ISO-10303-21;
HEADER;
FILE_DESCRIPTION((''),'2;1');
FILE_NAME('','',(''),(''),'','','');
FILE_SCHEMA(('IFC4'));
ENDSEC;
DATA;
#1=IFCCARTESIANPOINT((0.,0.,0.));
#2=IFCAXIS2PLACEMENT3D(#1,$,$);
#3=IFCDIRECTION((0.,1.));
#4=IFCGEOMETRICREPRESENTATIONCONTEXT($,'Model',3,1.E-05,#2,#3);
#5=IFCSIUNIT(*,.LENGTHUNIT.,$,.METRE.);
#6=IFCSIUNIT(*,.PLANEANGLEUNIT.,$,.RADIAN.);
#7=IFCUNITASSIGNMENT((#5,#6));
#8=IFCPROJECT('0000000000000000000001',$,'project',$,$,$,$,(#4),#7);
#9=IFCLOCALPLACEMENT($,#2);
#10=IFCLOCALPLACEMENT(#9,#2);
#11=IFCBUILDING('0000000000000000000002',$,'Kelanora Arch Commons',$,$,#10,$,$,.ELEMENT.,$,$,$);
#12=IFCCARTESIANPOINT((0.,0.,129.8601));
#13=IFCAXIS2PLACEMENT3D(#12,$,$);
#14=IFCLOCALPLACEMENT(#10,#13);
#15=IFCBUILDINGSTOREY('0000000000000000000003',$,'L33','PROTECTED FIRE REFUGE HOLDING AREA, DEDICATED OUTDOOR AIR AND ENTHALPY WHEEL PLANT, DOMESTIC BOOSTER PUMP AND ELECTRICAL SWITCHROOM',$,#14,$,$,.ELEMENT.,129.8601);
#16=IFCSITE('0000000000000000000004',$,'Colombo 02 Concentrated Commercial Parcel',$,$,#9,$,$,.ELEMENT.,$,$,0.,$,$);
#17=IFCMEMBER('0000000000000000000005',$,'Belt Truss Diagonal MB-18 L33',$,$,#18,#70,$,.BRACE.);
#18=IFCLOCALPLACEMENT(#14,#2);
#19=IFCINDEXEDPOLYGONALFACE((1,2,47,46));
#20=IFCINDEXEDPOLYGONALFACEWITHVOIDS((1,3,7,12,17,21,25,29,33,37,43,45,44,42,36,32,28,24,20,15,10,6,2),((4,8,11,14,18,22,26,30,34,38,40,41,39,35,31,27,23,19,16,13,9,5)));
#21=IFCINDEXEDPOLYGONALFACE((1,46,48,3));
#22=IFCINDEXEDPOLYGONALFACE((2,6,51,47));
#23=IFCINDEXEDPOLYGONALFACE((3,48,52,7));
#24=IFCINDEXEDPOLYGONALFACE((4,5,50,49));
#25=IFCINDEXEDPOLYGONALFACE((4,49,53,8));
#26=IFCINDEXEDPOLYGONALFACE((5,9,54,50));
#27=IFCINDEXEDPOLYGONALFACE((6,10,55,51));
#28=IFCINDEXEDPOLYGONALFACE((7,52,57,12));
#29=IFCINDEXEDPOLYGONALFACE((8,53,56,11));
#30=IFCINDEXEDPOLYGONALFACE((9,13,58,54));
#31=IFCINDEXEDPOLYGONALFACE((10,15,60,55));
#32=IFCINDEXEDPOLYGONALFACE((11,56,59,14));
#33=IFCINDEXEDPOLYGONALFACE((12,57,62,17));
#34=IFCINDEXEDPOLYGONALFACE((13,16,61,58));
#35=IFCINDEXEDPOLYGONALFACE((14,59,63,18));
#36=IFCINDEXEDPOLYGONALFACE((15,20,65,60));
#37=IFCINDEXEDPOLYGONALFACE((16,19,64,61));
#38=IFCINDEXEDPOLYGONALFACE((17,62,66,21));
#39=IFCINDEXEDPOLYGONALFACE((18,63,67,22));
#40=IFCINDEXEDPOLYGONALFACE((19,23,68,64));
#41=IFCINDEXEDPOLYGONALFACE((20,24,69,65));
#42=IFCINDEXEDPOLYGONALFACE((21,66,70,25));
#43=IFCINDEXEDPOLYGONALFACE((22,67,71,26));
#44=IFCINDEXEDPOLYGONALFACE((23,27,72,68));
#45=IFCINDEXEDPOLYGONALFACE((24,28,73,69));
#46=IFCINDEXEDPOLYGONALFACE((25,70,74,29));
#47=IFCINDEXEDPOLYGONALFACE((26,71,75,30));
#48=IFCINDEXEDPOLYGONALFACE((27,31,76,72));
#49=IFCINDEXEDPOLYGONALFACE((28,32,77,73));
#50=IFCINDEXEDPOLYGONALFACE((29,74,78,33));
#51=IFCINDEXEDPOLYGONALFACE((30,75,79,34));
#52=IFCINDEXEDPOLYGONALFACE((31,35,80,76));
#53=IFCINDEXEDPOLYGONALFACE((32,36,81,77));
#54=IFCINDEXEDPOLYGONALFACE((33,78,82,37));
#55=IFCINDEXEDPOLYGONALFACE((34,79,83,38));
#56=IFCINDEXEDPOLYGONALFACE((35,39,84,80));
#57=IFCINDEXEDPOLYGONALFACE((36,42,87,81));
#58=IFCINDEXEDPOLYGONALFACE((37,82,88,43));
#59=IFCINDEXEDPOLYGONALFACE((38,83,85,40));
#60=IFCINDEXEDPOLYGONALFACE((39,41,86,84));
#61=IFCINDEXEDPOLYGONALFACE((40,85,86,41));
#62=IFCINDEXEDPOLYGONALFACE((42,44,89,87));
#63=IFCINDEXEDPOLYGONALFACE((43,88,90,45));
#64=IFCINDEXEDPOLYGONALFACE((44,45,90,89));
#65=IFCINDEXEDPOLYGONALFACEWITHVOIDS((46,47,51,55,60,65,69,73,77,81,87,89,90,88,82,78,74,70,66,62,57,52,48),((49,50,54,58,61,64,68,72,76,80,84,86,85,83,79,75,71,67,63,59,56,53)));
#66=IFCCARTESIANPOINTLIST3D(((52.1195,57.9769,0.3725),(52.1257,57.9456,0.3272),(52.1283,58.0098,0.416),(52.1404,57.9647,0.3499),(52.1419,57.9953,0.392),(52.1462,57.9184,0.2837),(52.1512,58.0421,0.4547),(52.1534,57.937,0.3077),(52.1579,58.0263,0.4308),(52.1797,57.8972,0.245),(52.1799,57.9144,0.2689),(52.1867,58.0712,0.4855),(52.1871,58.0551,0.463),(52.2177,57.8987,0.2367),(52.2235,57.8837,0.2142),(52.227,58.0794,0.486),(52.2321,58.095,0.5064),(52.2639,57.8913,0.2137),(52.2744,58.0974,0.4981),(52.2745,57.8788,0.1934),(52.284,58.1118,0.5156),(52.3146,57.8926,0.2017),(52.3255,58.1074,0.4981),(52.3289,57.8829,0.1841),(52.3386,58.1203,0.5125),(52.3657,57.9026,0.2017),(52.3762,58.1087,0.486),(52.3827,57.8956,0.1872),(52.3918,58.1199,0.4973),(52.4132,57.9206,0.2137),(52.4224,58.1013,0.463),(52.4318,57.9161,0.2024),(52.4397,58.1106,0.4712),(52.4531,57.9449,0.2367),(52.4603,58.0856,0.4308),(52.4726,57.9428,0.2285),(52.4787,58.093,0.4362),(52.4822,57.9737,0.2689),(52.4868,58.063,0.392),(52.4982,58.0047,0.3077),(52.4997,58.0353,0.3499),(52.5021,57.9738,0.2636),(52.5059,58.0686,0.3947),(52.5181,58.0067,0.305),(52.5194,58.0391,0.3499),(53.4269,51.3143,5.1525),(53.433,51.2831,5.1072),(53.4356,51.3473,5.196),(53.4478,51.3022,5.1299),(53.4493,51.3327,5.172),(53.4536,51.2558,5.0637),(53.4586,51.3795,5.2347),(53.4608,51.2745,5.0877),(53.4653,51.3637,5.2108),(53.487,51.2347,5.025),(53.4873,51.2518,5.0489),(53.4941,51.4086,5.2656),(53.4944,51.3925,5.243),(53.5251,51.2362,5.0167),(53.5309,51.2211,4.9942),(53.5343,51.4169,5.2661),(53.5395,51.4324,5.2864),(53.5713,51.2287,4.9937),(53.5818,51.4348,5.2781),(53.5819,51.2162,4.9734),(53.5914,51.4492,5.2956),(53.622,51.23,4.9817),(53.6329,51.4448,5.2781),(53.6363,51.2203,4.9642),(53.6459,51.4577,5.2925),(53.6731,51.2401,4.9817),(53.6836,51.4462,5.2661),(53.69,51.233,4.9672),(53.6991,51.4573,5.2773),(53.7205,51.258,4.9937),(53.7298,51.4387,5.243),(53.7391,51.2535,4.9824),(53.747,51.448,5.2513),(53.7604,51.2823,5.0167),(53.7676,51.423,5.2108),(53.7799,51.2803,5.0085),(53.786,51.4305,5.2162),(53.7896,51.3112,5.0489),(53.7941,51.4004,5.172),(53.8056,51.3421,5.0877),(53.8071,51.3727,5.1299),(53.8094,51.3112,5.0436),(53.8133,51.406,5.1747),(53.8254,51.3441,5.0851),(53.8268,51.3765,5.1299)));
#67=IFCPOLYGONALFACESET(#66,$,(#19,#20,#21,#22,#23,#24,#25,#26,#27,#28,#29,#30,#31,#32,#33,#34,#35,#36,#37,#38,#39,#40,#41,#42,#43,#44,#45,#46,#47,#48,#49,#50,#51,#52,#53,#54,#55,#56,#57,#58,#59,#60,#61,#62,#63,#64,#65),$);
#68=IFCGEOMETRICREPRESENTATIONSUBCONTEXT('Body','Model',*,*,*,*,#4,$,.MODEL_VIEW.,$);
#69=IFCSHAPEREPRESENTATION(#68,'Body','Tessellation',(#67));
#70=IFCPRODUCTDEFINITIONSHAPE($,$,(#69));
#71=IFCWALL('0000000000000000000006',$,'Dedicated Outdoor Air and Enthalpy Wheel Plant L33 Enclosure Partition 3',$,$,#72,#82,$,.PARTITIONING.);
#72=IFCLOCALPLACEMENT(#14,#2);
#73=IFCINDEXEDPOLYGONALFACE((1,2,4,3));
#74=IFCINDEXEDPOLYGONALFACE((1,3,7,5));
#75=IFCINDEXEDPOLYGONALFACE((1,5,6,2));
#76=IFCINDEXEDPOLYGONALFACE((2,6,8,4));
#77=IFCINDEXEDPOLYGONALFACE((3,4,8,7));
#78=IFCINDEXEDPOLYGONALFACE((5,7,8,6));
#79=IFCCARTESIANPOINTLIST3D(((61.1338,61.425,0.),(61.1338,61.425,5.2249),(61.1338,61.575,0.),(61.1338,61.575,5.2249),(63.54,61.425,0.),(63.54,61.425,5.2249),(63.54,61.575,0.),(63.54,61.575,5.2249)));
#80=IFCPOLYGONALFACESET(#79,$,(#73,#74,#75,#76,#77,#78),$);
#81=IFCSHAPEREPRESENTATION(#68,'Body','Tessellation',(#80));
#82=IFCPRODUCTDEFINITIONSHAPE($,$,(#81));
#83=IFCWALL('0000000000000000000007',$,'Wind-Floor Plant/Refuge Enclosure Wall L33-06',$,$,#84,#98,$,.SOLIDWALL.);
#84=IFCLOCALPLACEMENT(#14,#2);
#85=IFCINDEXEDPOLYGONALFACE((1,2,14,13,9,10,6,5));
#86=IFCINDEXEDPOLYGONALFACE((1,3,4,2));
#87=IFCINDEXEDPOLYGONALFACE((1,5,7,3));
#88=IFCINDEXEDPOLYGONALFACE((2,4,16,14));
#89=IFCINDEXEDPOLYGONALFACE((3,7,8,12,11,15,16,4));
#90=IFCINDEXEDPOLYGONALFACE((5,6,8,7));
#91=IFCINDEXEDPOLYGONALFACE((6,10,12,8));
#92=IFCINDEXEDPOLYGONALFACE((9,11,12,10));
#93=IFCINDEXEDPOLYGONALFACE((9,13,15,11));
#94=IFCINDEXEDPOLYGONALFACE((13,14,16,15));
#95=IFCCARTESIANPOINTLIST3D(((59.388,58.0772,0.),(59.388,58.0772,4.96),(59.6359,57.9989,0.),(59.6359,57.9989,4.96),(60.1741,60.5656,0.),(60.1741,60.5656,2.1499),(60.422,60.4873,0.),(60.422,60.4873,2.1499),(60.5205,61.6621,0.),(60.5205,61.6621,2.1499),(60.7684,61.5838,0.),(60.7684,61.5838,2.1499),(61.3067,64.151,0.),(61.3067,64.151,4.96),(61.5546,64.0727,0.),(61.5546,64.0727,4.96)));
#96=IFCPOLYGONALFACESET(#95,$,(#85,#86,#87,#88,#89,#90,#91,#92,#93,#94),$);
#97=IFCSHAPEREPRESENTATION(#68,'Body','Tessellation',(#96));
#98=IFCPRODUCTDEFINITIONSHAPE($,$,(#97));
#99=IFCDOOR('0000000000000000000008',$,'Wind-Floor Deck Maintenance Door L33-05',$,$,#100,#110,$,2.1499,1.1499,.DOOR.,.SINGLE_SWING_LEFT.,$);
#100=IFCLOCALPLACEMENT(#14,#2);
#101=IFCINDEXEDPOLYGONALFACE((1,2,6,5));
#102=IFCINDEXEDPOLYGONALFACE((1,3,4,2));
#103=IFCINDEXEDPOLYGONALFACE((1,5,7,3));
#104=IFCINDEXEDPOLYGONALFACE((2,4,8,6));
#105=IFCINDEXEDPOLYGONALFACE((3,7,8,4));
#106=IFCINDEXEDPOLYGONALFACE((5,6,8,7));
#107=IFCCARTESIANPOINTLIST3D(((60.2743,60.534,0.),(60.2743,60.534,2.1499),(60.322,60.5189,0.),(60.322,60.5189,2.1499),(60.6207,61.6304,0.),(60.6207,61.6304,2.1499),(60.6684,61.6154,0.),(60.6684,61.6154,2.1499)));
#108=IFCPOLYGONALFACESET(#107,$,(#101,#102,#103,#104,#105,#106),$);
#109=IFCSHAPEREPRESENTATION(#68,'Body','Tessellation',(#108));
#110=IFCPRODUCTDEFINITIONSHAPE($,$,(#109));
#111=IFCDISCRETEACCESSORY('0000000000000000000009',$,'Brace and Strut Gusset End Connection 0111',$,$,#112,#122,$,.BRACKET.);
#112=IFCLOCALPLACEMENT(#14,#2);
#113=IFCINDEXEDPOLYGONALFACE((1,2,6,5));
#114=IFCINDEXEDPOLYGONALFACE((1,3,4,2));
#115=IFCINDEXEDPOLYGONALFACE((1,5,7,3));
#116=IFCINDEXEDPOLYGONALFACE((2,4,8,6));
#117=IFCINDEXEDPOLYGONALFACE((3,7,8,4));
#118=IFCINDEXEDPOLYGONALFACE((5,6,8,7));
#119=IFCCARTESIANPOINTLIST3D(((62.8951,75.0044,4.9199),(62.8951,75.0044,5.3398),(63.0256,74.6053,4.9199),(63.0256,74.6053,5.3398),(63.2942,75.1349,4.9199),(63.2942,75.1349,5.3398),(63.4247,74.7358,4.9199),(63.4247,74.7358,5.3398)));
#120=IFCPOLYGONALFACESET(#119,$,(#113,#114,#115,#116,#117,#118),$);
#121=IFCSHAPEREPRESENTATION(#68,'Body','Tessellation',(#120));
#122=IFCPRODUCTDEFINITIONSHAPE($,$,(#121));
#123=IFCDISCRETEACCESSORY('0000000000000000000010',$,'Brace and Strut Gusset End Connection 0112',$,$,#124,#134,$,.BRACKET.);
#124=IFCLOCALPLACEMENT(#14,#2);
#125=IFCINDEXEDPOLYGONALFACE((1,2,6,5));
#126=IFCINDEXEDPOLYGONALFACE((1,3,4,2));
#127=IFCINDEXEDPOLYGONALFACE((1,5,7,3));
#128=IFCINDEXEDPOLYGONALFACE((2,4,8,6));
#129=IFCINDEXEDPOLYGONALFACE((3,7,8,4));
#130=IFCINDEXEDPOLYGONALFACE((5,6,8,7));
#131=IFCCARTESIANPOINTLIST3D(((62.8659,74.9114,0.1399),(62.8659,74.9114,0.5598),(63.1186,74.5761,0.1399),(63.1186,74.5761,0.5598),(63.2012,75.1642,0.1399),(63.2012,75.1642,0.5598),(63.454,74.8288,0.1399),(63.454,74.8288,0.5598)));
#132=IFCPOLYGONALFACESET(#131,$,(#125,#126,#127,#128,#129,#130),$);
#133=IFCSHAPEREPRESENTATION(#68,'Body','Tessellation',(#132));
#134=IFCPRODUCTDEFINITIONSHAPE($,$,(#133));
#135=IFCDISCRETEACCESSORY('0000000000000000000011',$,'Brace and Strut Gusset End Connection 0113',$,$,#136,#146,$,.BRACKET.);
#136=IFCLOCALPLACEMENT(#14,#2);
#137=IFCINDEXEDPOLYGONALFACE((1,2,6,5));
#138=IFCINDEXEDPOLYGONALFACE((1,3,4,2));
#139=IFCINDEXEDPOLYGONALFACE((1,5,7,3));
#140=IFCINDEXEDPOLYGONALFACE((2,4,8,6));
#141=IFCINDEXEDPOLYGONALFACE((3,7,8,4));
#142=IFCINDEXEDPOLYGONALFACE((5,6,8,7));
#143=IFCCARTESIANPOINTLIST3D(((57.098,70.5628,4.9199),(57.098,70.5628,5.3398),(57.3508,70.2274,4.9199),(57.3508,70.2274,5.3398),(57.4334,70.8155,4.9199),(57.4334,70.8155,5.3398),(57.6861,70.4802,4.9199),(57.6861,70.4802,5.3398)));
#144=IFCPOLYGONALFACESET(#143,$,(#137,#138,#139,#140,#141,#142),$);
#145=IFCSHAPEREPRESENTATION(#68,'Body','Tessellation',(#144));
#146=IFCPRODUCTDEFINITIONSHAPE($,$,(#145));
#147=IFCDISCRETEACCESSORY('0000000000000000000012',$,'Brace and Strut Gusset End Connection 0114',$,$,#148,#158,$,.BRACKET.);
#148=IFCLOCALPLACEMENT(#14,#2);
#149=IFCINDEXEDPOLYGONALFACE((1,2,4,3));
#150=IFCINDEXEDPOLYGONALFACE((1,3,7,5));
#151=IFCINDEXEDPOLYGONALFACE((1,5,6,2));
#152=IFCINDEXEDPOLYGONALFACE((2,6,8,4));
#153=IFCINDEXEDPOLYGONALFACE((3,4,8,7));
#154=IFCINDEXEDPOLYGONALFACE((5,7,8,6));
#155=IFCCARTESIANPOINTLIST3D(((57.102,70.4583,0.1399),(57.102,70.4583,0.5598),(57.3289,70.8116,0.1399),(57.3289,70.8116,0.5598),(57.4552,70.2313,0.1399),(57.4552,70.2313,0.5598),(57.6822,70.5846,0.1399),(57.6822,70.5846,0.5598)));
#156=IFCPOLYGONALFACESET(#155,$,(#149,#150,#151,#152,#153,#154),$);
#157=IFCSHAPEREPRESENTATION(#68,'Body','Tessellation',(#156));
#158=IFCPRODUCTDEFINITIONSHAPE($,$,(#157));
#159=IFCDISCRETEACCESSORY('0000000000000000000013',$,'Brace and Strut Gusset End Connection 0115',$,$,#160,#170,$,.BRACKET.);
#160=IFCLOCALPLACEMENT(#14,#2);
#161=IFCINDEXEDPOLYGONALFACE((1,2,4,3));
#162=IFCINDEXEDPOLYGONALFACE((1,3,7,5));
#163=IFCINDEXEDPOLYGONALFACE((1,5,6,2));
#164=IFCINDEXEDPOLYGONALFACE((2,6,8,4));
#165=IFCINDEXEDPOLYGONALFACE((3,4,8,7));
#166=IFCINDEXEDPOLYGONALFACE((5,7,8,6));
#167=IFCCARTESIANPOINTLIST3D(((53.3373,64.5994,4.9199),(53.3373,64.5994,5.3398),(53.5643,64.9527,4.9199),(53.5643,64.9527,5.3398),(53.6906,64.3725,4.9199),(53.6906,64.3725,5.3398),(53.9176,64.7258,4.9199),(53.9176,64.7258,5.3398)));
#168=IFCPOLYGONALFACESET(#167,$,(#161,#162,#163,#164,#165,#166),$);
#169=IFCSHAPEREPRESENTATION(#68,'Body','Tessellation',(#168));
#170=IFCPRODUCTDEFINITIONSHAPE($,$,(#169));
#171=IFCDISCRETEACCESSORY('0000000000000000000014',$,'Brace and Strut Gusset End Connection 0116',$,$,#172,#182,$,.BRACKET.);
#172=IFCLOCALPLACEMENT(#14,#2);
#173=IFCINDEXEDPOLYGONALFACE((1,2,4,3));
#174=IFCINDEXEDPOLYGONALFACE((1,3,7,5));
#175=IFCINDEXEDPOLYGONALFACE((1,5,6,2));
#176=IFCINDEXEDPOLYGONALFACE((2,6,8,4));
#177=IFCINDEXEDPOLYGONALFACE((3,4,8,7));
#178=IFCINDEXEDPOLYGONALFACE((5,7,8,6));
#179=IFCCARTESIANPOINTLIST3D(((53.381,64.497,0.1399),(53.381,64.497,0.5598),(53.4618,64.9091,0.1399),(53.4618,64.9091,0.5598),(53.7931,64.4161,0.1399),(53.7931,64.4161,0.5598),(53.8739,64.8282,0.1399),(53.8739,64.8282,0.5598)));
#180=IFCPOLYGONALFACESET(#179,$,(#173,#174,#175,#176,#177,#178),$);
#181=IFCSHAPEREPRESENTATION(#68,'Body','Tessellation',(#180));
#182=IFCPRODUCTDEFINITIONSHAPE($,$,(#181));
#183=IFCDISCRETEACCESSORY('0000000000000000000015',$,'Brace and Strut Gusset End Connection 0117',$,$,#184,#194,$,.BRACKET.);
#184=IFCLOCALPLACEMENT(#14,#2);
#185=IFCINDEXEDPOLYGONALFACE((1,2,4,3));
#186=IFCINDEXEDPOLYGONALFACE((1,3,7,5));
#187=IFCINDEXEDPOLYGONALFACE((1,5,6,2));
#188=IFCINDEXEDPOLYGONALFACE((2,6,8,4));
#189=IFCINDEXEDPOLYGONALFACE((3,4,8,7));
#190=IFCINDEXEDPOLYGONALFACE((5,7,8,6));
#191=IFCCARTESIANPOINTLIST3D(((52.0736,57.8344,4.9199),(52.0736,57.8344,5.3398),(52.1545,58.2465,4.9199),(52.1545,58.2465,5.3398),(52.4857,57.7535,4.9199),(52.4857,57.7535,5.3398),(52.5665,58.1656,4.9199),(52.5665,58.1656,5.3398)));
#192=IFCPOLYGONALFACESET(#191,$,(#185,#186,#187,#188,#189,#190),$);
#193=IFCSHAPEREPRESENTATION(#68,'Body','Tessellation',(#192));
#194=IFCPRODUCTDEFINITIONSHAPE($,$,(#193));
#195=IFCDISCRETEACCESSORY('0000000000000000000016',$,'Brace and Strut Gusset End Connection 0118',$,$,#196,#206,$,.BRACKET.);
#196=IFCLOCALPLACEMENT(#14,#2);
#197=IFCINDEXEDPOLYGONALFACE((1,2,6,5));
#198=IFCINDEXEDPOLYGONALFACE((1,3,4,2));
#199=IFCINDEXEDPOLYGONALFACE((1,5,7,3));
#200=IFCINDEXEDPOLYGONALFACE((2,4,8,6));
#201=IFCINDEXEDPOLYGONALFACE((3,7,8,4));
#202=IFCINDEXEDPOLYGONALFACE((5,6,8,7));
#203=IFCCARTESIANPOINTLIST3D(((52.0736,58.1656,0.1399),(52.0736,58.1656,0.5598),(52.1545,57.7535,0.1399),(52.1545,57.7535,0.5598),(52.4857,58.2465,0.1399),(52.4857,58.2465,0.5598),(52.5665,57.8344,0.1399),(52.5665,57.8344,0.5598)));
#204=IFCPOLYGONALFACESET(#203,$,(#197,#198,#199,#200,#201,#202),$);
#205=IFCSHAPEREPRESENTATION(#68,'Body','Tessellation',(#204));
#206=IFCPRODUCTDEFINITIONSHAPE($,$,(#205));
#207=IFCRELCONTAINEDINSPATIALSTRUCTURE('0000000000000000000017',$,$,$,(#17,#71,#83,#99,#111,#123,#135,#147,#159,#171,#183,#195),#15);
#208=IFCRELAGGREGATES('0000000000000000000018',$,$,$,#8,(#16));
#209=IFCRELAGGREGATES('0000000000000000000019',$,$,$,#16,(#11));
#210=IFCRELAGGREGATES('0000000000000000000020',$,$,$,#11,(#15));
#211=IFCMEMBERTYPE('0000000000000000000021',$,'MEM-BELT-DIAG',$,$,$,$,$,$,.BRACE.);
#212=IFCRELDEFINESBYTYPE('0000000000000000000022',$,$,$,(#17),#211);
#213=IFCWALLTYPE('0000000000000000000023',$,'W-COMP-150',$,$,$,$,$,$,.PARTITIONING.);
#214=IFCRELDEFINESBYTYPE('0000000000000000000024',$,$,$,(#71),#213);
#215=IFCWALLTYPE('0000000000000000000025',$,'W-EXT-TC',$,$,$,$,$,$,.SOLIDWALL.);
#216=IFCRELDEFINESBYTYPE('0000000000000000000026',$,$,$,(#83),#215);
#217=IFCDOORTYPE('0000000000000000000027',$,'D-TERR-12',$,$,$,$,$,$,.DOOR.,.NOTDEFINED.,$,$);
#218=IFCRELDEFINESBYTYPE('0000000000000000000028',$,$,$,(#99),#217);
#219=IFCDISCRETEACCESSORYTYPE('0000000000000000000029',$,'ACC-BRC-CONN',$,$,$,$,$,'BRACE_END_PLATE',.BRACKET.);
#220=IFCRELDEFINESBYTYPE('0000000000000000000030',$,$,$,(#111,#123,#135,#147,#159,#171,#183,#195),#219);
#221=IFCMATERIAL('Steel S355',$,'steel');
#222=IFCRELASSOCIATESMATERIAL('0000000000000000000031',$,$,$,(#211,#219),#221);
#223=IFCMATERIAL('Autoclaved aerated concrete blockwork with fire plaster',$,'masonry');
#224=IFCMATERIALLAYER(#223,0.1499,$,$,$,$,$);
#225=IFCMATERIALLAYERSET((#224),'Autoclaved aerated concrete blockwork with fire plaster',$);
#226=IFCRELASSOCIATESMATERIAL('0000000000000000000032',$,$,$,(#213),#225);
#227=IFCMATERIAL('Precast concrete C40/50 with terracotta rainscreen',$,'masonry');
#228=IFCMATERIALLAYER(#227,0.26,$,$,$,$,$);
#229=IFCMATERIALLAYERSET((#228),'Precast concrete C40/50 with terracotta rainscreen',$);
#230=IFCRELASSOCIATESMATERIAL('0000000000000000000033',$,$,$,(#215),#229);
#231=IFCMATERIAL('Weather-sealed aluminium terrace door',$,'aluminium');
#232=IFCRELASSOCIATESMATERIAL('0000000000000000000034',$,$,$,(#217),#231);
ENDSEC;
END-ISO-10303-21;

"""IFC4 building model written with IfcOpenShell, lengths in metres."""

from ifc_helpers import new_model, si_unit, direction, frame, frame_2d, origin, origin_2d, place, context, subcontext, project, spatial, rectangle, hollow_circle, extrude, source, transform, mapped, material, layer, layer_set, material_profile, profile_set, type_object, element, fill, save


model = new_model("IFC4")

# Units and contexts
model_context = context("Model", 3, precision=1e-05, world=origin(), true_north=direction((0.0, 1.0)))
body_context = subcontext(model_context, "Body", "Model", "MODEL_VIEW")
ifc_project = project(units=[si_unit("LENGTHUNIT", "METRE"), si_unit("PLANEANGLEUNIT", "RADIAN")], contexts=[model_context])

# Site, building, storey
site_placement = place(None, origin())
site = spatial("IfcSite", under=ifc_project, at=site_placement, Name="Colombo 02 Concentrated Commercial Parcel", CompositionType="ELEMENT", RefElevation=0.0)
building_placement = place(site_placement, origin())
building = spatial("IfcBuilding", under=site, at=building_placement, Name="Kelanora Arch Commons", CompositionType="ELEMENT")
storey_placement = place(building_placement, frame((0.0, 0.0, 129.8601)))
storey = spatial("IfcBuildingStorey", under=building, at=storey_placement, Name="L33", Description="PROTECTED FIRE REFUGE HOLDING AREA, DEDICATED OUTDOOR AIR AND ENTHALPY WHEEL PLANT, DOMESTIC BOOSTER PUMP AND ELECTRICAL SWITCHROOM", CompositionType="ELEMENT", Elevation=129.8601)

# Shared definitions
ifc_material_1 = material(Name="Steel S355", Category="steel")

# Member
ifc_material_profile_1 = material_profile(ifc_material_1, hollow_circle(Radius=0.2031, WallThickness=0.02, at=origin_2d()), Name="CHS406.4x20")
ifc_profile_set_1 = profile_set([ifc_material_profile_1], Name="Steel S355")
member_type = type_object("IfcMemberType", Name="MEM-BELT-DIAG", PredefinedType="BRACE", material=ifc_profile_set_1)
for number, where, z_axis, x_axis, name in (
    (1, (52.3201, 58.0, 0.3499), (0.157448, -0.802384, 0.575664), (0.981286, 0.192554, 0.0), "Belt Truss Diagonal MB-18 L33"),
):
    element("IfcMember", number, at=place(storey_placement, frame(where, z_axis=z_axis, x_axis=x_axis)), inside=storey, type_object=member_type, Name=name, PredefinedType="BRACE", context=body_context, shape_type="SweptSolid", body=[
        extrude(hollow_circle(Radius=0.2031, WallThickness=0.02, at=origin_2d()), origin(), (0.0, 0.0, 1.0), 8.3035),
    ])

# Wall
ifc_material_2 = material(Name="Autoclaved aerated concrete blockwork with fire plaster", Category="masonry")
ifc_layer_1 = layer(ifc_material_2, 0.1499)
ifc_layer_set_1 = layer_set([ifc_layer_1], Name="Autoclaved aerated concrete blockwork with fire plaster")
wall_type_1 = type_object("IfcWallType", Name="W-COMP-150", PredefinedType="PARTITIONING", material=ifc_layer_set_1)
wall_1_placement = place(storey_placement, frame((63.54, 61.5, 0.0), z_axis=(0.0, 0.0, 1.0), x_axis=(-1.0, 0.0, 0.0)))
element("IfcWall", 2, at=wall_1_placement, inside=storey, type_object=wall_type_1, Name="Dedicated Outdoor Air and Enthalpy Wheel Plant L33 Enclosure Partition 3", PredefinedType="PARTITIONING", context=body_context, shape_type="SweptSolid", body=[
    extrude(rectangle(XDim=2.4062, YDim=0.1499, at=frame_2d((1.2031, 0.0))), origin(), (0.0, 0.0, 1.0), 5.2249),
])

# Wall, opening, door
ifc_material_3 = material(Name="Precast concrete C40/50 with terracotta rainscreen", Category="masonry")
ifc_layer_2 = layer(ifc_material_3, 0.26)
ifc_layer_set_2 = layer_set([ifc_layer_2], Name="Precast concrete C40/50 with terracotta rainscreen")
wall_type_2 = type_object("IfcWallType", Name="W-EXT-TC", PredefinedType="SOLIDWALL", material=ifc_layer_set_2)
wall_2_placement = place(storey_placement, frame((61.4307, 64.1118, 0.0), z_axis=(0.0, 0.0, 1.0), x_axis=(-0.301229, -0.953552, 0.0)))
wall_2 = element("IfcWall", 3, at=wall_2_placement, inside=storey, type_object=wall_type_2, Name="Wind-Floor Plant/Refuge Enclosure Wall L33-06", PredefinedType="SOLIDWALL", context=body_context, shape_type="SweptSolid", body=[
    extrude(rectangle(XDim=6.3696, YDim=0.26, at=frame_2d((3.1848, 0.0))), origin(), (0.0, 0.0, 1.0), 4.96),
])
opening_placement = place(wall_2_placement, frame((2.6101, 0.0, 0.0)))
opening = element("IfcOpeningElement", 4, at=opening_placement, cuts=wall_2, PredefinedType="OPENING", context=body_context, shape_type="SweptSolid", body=[
    extrude(rectangle(XDim=1.1499, YDim=2.1499, at=frame_2d((0.575, 1.075))), frame((0.0, 0.1401, 0.0), z_axis=(0.0, -1.0, 0.0), x_axis=(1.0, 0.0, 0.0)), (0.0, 0.0, 1.0), 0.28),
])
ifc_material_4 = material(Name="Weather-sealed aluminium terrace door", Category="aluminium")
door_type = type_object("IfcDoorType", Name="D-TERR-12", OperationType="NOTDEFINED", PredefinedType="DOOR", material=ifc_material_4)
door_placement = place(opening_placement, frame((1.1499, 0.0, 0.0), z_axis=(0.0, 0.0, 1.0), x_axis=(-1.0, 0.0, 0.0)))
door = element("IfcDoor", 5, at=door_placement, inside=storey, type_object=door_type, Name="Wind-Floor Deck Maintenance Door L33-05", OperationType="SINGLE_SWING_LEFT", OverallHeight=2.1499, OverallWidth=1.1499, PredefinedType="DOOR", context=body_context, shape_type="SweptSolid", body=[
    extrude(rectangle(XDim=1.1499, YDim=2.1499, at=frame_2d((0.575, 1.075))), frame((0.0, 0.0249, 0.0), z_axis=(0.0, -1.0, 0.0), x_axis=(1.0, 0.0, 0.0)), (0.0, 0.0, 1.0), 0.05),
])
fill(opening, door)

# Discrete accessories
discrete_accessory_type = type_object("IfcDiscreteAccessoryType", Name="ACC-BRC-CONN", ElementType="BRACE_END_PLATE", PredefinedType="BRACKET", material=ifc_material_1)
shared_shape = source(origin(), body_context, "Body", "SweptSolid", [
    extrude(rectangle(XDim=0.4199, YDim=0.4199, at=origin_2d()), origin(), (0.0, 0.0, 1.0), 0.4199),
])
for number, where, z_axis, x_axis, name in (
    (6, (63.1599, 74.8701, 4.9199), (0.0, 0.0, 1.0), (-0.950461, -0.310842, 0.0), "Brace and Strut Gusset End Connection 0111"),
    (7, (63.1599, 74.8701, 0.1399), (0.0, 0.0, 1.0), (-0.79853, -0.601954, 0.0), "Brace and Strut Gusset End Connection 0112"),
    (8, (57.3921, 70.5215, 4.9199), (0.0, 0.0, 1.0), (-0.79853, -0.601954, 0.0), "Brace and Strut Gusset End Connection 0113"),
    (9, (57.3921, 70.5215, 0.1399), (0.0, 0.0, 1.0), (-0.540534, -0.841322, 0.0), "Brace and Strut Gusset End Connection 0114"),
    (10, (53.6274, 64.6626, 4.9199), (0.0, 0.0, 1.0), (-0.540534, -0.841322, 0.0), "Brace and Strut Gusset End Connection 0115"),
    (11, (53.6274, 64.6626, 0.1399), (0.0, 0.0, 1.0), (-0.192522, -0.981293, 0.0), "Brace and Strut Gusset End Connection 0116"),
    (12, (52.3201, 58.0, 4.9199), (0.0, 0.0, 1.0), (-0.192522, -0.981293, 0.0), "Brace and Strut Gusset End Connection 0117"),
    (13, (52.3201, 58.0, 0.1399), (0.0, 0.0, 1.0), (0.192522, -0.981293, 0.0), "Brace and Strut Gusset End Connection 0118"),
):
    element("IfcDiscreteAccessory", number, at=place(storey_placement, frame(where, z_axis=z_axis, x_axis=x_axis)), inside=storey, type_object=discrete_accessory_type, Name=name, PredefinedType="BRACKET", context=body_context, shape_type="MappedRepresentation", body=[
        mapped(shared_shape, transform((0.0, 0.0, 0.0), scale=1.0)),
    ])

save(model, "model.ifc")
